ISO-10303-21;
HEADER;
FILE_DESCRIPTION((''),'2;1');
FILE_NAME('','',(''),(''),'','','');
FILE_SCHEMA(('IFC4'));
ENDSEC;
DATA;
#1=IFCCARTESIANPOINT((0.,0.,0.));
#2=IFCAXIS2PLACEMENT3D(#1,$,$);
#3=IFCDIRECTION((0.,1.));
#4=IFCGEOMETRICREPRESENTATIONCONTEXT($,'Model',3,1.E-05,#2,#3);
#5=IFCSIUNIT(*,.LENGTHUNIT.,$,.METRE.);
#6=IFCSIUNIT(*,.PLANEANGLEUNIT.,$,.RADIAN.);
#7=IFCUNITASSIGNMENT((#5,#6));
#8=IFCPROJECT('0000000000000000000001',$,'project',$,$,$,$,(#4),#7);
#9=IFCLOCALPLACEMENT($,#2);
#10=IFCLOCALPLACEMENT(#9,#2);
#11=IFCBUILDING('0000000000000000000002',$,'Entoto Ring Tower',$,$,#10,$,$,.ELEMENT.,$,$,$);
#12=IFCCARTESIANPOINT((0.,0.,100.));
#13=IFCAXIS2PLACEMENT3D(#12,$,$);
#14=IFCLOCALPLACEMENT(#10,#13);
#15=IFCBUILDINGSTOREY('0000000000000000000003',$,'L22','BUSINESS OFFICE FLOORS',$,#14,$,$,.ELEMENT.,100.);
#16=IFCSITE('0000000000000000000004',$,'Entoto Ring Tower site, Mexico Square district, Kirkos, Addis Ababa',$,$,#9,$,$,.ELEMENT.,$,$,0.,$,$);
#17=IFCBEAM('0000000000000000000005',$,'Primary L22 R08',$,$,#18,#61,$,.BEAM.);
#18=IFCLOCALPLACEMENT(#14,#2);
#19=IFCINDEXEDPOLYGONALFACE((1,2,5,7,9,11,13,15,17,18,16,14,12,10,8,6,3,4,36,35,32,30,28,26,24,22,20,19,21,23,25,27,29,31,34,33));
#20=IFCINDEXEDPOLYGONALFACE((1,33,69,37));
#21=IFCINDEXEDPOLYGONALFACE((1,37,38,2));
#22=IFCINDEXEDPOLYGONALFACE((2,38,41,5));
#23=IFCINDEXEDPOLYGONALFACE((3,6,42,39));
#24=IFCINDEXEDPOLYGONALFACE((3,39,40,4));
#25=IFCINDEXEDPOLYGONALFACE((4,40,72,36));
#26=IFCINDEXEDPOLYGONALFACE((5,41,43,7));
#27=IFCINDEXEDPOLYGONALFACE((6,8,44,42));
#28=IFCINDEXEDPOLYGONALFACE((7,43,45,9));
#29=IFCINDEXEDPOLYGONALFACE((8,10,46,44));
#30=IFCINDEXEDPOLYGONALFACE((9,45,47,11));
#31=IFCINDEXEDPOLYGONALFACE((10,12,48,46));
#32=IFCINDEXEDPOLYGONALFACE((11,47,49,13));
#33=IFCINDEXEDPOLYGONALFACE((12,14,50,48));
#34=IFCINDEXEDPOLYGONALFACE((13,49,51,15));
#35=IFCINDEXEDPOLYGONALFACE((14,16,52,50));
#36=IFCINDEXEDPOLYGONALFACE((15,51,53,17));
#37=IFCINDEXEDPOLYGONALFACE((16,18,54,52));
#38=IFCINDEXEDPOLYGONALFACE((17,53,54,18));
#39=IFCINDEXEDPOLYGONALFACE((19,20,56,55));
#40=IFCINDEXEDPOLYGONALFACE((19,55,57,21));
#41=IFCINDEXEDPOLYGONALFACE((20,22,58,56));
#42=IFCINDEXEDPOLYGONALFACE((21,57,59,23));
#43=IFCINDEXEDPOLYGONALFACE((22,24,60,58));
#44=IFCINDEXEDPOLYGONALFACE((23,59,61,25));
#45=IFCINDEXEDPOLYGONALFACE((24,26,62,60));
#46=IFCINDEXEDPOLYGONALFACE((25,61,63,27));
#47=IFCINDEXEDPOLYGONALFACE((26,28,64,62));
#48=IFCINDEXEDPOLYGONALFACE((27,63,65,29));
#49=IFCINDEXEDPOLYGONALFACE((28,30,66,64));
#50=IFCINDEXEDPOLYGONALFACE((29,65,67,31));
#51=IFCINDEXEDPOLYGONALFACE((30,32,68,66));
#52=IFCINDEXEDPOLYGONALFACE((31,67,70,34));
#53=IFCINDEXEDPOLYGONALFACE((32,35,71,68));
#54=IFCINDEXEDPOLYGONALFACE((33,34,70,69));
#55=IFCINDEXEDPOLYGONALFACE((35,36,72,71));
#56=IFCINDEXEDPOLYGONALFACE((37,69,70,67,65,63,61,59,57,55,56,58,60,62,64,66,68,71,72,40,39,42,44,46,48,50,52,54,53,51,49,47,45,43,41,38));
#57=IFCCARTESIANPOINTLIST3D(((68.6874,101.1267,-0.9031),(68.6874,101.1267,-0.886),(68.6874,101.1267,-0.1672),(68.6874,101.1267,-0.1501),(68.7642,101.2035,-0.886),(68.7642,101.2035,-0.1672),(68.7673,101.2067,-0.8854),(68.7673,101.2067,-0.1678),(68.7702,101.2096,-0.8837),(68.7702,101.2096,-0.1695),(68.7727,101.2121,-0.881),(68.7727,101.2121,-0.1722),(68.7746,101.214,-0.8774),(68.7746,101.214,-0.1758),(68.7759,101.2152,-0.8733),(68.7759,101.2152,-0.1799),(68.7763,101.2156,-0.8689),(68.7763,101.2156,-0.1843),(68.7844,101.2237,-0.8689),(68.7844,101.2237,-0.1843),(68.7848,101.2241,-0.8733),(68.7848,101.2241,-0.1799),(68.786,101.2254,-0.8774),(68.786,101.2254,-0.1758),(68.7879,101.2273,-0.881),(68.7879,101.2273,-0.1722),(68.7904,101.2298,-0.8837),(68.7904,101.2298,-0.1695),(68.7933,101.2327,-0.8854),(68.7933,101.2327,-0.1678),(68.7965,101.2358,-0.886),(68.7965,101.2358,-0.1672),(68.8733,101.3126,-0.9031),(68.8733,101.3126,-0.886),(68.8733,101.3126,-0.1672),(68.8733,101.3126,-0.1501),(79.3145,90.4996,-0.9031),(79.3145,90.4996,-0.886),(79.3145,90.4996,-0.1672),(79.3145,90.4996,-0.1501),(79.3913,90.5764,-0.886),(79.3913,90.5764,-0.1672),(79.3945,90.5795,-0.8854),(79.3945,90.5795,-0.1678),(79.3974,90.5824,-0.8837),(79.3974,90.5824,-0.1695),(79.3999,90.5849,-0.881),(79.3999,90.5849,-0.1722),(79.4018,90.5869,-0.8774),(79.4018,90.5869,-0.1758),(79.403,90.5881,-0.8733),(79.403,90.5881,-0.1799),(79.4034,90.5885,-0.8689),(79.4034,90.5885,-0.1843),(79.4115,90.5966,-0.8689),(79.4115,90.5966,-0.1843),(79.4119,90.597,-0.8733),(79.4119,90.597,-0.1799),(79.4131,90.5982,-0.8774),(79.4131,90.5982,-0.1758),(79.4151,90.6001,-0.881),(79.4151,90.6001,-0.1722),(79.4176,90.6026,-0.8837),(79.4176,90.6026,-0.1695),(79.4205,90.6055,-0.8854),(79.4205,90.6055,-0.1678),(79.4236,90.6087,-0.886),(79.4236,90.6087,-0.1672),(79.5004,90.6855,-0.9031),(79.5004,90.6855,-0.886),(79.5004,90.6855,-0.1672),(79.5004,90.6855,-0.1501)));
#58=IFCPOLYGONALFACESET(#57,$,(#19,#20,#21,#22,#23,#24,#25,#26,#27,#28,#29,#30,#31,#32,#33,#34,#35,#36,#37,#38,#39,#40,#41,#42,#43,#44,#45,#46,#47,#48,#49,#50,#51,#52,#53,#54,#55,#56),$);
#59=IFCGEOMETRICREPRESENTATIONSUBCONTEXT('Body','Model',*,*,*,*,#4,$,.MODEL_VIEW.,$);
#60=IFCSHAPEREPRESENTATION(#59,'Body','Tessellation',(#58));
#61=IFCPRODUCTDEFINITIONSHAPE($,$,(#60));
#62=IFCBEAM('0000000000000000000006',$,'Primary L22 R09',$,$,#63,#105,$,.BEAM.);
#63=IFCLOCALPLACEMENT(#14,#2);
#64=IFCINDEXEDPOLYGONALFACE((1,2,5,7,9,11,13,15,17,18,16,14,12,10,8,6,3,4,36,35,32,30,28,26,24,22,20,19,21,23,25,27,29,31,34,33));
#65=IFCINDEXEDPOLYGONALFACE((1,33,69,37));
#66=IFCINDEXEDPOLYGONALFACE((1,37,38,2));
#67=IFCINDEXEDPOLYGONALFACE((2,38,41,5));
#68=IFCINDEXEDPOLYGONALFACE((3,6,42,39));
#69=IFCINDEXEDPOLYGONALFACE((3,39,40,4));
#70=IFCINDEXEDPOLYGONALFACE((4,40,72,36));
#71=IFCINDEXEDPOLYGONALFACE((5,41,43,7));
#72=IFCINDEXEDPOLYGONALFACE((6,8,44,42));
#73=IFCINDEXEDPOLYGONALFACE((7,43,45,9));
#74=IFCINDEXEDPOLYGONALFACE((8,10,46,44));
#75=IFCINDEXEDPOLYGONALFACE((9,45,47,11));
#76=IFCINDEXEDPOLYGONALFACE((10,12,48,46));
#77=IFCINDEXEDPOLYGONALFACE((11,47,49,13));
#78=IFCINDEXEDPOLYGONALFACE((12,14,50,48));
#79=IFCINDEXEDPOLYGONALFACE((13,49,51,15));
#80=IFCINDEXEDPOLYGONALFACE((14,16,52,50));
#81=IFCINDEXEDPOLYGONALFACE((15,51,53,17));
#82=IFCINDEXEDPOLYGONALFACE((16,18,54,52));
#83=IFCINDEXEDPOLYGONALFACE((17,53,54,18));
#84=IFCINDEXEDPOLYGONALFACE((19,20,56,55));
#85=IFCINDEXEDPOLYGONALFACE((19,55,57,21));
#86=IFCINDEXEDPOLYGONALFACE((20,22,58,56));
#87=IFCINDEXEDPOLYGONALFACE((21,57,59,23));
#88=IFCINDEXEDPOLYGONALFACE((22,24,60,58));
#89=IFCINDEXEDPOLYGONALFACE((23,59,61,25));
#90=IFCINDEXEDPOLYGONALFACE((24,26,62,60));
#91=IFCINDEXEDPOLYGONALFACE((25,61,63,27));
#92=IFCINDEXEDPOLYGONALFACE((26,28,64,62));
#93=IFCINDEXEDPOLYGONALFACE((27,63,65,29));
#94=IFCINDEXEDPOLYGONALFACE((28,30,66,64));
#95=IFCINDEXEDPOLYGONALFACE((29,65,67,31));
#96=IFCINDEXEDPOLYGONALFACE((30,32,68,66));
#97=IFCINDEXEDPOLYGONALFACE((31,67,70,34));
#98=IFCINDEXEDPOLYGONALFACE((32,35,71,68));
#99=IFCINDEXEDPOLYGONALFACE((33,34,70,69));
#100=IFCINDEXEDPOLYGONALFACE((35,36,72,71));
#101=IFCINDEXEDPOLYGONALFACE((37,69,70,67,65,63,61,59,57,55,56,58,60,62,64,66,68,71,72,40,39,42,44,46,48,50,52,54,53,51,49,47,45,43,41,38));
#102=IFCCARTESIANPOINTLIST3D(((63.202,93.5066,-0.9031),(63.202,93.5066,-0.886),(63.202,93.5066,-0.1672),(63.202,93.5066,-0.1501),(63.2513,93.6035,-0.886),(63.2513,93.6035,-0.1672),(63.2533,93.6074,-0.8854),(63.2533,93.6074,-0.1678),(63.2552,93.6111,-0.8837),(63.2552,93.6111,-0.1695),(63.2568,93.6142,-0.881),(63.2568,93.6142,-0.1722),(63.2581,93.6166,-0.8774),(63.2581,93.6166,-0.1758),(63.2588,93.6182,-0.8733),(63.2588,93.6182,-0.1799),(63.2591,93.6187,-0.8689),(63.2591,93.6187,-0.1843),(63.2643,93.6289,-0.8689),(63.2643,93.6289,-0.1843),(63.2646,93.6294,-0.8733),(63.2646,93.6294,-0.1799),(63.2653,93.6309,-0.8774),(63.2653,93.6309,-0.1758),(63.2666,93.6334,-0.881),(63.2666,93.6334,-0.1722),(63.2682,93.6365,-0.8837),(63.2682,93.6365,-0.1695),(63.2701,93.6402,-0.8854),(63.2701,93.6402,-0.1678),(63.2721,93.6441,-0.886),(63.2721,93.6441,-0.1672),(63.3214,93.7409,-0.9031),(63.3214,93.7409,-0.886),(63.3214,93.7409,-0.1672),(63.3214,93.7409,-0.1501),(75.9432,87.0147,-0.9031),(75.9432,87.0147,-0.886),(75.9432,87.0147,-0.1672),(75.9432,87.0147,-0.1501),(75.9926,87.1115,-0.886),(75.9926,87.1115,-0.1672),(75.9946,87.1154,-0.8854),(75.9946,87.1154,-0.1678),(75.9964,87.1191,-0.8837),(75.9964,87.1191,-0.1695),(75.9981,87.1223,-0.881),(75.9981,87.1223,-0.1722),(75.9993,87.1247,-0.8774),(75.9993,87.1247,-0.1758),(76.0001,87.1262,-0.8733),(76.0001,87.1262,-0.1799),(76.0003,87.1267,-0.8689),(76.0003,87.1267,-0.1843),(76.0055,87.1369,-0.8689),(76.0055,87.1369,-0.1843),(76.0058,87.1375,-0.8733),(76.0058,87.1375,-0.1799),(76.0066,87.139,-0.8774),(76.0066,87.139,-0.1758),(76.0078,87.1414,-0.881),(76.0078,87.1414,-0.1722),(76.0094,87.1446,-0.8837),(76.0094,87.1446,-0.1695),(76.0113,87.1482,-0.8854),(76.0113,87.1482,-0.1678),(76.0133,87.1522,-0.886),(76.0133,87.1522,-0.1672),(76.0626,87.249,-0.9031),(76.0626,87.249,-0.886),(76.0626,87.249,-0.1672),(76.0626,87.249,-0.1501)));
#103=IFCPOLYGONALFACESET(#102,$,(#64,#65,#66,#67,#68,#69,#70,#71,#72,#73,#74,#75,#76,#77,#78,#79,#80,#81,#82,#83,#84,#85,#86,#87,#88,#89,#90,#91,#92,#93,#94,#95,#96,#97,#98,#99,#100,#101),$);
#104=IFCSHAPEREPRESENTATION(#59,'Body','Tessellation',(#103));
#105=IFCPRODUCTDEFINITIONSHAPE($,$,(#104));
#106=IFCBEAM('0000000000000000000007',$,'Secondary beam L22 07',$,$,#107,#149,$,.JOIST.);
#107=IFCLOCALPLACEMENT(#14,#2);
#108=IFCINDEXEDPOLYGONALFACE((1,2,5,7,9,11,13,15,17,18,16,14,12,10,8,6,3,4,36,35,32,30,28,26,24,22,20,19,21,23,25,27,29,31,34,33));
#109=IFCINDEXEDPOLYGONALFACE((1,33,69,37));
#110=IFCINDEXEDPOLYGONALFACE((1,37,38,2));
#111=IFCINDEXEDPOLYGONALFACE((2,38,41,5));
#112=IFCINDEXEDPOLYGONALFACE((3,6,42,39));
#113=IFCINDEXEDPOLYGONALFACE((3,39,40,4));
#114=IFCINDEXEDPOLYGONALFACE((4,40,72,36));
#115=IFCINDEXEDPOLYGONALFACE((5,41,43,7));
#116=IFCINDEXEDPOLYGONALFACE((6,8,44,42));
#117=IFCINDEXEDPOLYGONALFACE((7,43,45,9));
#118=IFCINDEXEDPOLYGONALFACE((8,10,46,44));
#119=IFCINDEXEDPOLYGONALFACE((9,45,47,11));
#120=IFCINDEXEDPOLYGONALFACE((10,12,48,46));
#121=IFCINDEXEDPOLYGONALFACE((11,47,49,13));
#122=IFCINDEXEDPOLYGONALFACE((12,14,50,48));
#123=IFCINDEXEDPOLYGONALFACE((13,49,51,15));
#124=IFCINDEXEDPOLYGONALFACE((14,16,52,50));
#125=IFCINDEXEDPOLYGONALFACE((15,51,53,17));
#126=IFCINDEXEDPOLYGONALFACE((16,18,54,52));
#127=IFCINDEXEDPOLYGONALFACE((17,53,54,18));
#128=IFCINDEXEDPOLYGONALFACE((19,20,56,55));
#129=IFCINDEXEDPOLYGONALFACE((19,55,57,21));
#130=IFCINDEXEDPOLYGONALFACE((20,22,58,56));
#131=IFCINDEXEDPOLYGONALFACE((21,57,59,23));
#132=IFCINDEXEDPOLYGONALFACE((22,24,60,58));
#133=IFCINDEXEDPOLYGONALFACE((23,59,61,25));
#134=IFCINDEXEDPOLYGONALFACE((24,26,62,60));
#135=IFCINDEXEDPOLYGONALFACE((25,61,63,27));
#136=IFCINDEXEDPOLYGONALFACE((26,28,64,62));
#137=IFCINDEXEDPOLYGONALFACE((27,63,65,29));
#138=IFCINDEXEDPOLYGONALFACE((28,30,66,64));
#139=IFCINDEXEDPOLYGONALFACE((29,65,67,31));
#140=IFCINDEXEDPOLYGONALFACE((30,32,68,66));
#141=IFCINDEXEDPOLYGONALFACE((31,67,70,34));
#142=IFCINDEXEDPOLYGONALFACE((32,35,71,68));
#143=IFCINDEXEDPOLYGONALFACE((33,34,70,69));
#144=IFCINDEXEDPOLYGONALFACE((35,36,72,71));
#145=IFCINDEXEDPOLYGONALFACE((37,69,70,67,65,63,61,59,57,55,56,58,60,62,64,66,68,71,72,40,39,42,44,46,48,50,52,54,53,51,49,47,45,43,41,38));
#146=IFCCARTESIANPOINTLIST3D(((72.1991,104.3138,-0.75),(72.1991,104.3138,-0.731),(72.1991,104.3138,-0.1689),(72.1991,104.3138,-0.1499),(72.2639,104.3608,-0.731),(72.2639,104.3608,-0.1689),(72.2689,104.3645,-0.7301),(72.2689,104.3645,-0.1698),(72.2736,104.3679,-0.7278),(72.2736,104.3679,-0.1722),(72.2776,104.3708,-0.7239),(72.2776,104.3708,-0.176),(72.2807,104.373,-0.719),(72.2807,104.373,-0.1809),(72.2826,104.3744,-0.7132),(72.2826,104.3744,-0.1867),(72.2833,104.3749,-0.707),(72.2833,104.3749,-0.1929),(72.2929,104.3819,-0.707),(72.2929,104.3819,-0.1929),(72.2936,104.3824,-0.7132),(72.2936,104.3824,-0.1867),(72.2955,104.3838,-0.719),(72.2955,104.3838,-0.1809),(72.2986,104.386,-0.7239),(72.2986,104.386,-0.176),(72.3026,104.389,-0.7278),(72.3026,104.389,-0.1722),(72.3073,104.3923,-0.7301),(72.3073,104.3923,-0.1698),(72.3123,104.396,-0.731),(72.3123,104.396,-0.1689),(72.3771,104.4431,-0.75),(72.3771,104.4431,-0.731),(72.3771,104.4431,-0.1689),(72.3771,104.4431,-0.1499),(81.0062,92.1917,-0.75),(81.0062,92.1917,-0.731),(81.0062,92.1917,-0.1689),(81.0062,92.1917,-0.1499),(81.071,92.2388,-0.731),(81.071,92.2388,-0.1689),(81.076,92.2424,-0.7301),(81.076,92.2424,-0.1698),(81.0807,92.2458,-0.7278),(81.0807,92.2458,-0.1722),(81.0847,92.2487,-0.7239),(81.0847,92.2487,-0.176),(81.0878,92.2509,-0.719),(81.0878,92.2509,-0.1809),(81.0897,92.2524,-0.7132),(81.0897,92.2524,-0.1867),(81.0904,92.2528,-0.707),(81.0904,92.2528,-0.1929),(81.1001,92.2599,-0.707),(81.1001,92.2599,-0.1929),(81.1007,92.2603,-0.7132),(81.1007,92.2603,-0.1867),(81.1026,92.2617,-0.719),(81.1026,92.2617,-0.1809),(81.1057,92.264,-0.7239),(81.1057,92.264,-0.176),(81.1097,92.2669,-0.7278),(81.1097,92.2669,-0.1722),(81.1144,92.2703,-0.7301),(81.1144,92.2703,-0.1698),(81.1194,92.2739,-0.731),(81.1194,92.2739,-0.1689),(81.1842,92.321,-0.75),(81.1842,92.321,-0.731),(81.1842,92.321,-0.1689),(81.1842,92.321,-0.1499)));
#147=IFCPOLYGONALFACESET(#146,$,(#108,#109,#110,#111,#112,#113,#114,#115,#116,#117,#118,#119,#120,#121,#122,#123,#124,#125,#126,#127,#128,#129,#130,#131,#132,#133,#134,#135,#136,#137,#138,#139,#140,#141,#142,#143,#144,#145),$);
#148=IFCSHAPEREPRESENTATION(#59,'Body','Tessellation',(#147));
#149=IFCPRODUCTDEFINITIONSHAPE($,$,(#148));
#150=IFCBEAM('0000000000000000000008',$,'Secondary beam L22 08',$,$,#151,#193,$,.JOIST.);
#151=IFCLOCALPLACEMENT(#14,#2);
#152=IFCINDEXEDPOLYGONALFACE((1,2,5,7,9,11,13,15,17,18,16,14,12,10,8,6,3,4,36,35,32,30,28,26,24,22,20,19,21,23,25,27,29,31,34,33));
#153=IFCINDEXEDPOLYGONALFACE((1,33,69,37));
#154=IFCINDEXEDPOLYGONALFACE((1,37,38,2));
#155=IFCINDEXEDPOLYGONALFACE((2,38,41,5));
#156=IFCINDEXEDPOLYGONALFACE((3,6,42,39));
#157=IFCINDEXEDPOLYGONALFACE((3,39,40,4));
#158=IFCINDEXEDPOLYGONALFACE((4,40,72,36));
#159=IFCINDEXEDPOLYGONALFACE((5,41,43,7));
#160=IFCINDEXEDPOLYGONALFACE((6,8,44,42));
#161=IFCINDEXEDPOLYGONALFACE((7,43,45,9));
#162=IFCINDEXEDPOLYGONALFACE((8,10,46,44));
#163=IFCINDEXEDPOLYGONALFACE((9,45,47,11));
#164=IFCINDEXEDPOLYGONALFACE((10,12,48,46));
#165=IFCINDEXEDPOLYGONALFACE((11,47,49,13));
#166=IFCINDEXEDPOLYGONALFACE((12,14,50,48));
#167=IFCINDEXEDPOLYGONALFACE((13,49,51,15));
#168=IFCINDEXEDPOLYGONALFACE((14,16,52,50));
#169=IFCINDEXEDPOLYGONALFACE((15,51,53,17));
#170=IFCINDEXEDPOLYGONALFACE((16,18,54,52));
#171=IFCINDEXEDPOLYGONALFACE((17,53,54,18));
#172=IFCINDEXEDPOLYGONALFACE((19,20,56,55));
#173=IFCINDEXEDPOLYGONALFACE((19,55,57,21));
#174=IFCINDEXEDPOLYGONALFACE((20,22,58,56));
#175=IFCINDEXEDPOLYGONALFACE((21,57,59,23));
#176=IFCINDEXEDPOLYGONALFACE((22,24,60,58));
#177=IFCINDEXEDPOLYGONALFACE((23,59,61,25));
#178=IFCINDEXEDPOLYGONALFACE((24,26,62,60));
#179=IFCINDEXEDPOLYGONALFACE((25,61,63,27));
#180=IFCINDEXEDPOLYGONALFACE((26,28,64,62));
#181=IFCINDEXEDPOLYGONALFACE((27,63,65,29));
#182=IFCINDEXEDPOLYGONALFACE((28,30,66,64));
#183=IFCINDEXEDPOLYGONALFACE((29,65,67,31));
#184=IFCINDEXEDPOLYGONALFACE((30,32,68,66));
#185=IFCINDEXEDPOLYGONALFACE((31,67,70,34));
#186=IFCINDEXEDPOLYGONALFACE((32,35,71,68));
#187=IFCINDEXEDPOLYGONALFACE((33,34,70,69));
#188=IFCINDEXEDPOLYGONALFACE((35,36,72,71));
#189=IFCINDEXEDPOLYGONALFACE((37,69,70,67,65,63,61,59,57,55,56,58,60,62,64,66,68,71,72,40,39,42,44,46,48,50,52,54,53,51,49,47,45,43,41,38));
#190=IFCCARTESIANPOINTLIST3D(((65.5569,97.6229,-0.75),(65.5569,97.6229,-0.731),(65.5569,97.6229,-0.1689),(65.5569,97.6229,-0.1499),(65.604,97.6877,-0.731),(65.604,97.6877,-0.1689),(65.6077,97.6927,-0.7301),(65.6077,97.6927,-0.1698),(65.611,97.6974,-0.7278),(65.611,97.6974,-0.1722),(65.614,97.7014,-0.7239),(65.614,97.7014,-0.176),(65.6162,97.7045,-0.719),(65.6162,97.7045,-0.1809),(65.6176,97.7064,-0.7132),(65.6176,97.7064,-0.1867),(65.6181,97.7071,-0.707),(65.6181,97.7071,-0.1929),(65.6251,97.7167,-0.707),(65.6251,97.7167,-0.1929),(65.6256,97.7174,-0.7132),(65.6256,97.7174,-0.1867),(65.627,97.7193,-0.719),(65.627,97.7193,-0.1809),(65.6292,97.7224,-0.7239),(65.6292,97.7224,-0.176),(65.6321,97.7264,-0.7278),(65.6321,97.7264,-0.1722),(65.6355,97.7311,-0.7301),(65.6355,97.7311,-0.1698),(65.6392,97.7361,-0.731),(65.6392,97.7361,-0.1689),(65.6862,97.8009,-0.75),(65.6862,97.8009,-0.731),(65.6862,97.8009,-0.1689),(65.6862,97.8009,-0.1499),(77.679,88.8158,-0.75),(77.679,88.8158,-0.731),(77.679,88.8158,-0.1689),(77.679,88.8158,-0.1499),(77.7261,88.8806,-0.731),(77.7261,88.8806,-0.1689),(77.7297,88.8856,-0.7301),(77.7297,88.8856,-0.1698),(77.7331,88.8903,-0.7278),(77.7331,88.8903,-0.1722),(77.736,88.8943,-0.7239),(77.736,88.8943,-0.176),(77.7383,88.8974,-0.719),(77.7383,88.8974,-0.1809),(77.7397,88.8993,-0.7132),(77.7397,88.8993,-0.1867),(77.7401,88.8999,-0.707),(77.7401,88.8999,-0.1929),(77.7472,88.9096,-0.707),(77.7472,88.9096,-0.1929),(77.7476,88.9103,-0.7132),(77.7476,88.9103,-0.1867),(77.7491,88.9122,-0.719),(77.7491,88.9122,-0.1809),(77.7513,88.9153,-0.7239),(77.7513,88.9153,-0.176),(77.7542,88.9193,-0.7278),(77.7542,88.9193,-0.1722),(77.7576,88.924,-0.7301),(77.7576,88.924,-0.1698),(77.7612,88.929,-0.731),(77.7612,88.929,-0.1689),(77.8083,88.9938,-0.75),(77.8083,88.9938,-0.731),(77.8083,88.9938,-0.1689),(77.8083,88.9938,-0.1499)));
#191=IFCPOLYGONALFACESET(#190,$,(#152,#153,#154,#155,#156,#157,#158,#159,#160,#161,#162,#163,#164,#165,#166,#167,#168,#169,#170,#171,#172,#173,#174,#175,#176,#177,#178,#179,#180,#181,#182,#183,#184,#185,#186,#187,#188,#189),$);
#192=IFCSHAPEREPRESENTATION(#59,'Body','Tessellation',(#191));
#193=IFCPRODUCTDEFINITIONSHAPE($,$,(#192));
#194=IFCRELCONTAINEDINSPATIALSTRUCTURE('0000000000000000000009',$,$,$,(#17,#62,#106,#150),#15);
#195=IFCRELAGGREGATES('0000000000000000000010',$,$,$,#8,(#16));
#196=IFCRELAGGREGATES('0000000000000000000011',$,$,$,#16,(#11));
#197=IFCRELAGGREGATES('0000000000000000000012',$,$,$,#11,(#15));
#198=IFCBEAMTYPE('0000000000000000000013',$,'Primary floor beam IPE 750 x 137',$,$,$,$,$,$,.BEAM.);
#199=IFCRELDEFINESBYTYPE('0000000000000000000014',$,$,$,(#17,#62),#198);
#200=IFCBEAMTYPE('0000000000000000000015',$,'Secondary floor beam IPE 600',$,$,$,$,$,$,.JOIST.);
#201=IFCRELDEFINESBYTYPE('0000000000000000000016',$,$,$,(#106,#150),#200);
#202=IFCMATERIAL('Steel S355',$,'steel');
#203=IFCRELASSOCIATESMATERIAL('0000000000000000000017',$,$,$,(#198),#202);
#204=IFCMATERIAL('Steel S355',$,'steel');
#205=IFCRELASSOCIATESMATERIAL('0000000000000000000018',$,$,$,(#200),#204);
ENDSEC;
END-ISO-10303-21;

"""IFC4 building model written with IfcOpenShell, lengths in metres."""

from ifc_helpers import new_model, si_unit, direction, frame, origin, origin_2d, place, context, subcontext, project, spatial, i_section, extrude, material, material_profile, profile_set, type_object, element, save


model = new_model("IFC4")

# Units and contexts
model_context = context("Model", 3, precision=1e-05, world=origin(), true_north=direction((0.0, 1.0)))
body_context = subcontext(model_context, "Body", "Model", "MODEL_VIEW")
ifc_project = project(units=[si_unit("LENGTHUNIT", "METRE"), si_unit("PLANEANGLEUNIT", "RADIAN")], contexts=[model_context])

# Site, building, storey
site_placement = place(None, origin())
site = spatial("IfcSite", under=ifc_project, at=site_placement, Name="Entoto Ring Tower site, Mexico Square district, Kirkos, Addis Ababa", CompositionType="ELEMENT", RefElevation=0.0)
building_placement = place(site_placement, origin())
building = spatial("IfcBuilding", under=site, at=building_placement, Name="Entoto Ring Tower", CompositionType="ELEMENT")
storey_placement = place(building_placement, frame((0.0, 0.0, 100.0)))
storey = spatial("IfcBuildingStorey", under=building, at=storey_placement, Name="L22", Description="BUSINESS OFFICE FLOORS", CompositionType="ELEMENT", Elevation=100.0)

# Beams
ifc_material_1 = material(Name="Steel S355", Category="steel")
ifc_material_profile_1 = material_profile(ifc_material_1, i_section(OverallWidth=0.2629, OverallDepth=0.7529, WebThickness=0.0115, FlangeThickness=0.0171, FilletRadius=0.0171, at=origin_2d()), Name="IPE 750 x 137")
ifc_profile_set_1 = profile_set([ifc_material_profile_1], Name="Steel S355")
beam_type_1 = type_object("IfcBeamType", Name="Primary floor beam IPE 750 x 137", PredefinedType="BEAM", material=ifc_profile_set_1)
beam_1_placement = place(storey_placement, frame((79.4075, 90.5925, -0.5266), z_axis=(-0.707107, 0.707107, 0.0), x_axis=(-0.707107, -0.707107, 0.0)))
element("IfcBeam", 1, at=beam_1_placement, inside=storey, type_object=beam_type_1, Name="Primary L22 R08", PredefinedType="BEAM", context=body_context, shape_type="SweptSolid", body=[
    extrude(i_section(OverallWidth=0.2629, OverallDepth=0.7529, WebThickness=0.0115, FlangeThickness=0.0171, FilletRadius=0.0171, at=origin_2d()), origin(), (0.0, 0.0, 1.0), 15.0291),
])
beam_2_placement = place(storey_placement, frame((76.0029, 87.1318, -0.5266), z_axis=(-0.891007, 0.453989, 0.0), x_axis=(-0.453989, -0.891007, 0.0)))
element("IfcBeam", 2, at=beam_2_placement, inside=storey, type_object=beam_type_1, Name="Primary L22 R09", PredefinedType="BEAM", context=body_context, shape_type="SweptSolid", body=[
    extrude(i_section(OverallWidth=0.2629, OverallDepth=0.7529, WebThickness=0.0115, FlangeThickness=0.0171, FilletRadius=0.0171, at=origin_2d()), origin(), (0.0, 0.0, 1.0), 14.2998),
])
ifc_material_2 = material(Name="Steel S355", Category="steel")
ifc_material_profile_2 = material_profile(ifc_material_2, i_section(OverallWidth=0.22, OverallDepth=0.6001, WebThickness=0.012, FlangeThickness=0.019, FilletRadius=0.0239, at=origin_2d()), Name="IPE 600")
ifc_profile_set_2 = profile_set([ifc_material_profile_2], Name="Steel S355")
beam_type_2 = type_object("IfcBeamType", Name="Secondary floor beam IPE 600", PredefinedType="JOIST", material=ifc_profile_set_2)
for number, where, z_axis, x_axis, name in (
    (3, (81.0952, 92.2563, -0.45), (-0.587782, 0.809019, 0.0), (-0.809019, -0.587782, 0.0), "Secondary beam L22 07"),
    (4, (77.7437, 88.9048, -0.45), (-0.809019, 0.587782, 0.0), (-0.587782, -0.809019, 0.0), "Secondary beam L22 08"),
):
    element("IfcBeam", number, at=place(storey_placement, frame(where, z_axis=z_axis, x_axis=x_axis)), inside=storey, type_object=beam_type_2, Name=name, PredefinedType="JOIST", context=body_context, shape_type="SweptSolid", body=[
        extrude(i_section(OverallWidth=0.22, OverallDepth=0.6001, WebThickness=0.012, FlangeThickness=0.019, FilletRadius=0.0239, at=origin_2d()), origin(), (0.0, 0.0, 1.0), 14.9836),
    ])

save(model, "model.ifc")
